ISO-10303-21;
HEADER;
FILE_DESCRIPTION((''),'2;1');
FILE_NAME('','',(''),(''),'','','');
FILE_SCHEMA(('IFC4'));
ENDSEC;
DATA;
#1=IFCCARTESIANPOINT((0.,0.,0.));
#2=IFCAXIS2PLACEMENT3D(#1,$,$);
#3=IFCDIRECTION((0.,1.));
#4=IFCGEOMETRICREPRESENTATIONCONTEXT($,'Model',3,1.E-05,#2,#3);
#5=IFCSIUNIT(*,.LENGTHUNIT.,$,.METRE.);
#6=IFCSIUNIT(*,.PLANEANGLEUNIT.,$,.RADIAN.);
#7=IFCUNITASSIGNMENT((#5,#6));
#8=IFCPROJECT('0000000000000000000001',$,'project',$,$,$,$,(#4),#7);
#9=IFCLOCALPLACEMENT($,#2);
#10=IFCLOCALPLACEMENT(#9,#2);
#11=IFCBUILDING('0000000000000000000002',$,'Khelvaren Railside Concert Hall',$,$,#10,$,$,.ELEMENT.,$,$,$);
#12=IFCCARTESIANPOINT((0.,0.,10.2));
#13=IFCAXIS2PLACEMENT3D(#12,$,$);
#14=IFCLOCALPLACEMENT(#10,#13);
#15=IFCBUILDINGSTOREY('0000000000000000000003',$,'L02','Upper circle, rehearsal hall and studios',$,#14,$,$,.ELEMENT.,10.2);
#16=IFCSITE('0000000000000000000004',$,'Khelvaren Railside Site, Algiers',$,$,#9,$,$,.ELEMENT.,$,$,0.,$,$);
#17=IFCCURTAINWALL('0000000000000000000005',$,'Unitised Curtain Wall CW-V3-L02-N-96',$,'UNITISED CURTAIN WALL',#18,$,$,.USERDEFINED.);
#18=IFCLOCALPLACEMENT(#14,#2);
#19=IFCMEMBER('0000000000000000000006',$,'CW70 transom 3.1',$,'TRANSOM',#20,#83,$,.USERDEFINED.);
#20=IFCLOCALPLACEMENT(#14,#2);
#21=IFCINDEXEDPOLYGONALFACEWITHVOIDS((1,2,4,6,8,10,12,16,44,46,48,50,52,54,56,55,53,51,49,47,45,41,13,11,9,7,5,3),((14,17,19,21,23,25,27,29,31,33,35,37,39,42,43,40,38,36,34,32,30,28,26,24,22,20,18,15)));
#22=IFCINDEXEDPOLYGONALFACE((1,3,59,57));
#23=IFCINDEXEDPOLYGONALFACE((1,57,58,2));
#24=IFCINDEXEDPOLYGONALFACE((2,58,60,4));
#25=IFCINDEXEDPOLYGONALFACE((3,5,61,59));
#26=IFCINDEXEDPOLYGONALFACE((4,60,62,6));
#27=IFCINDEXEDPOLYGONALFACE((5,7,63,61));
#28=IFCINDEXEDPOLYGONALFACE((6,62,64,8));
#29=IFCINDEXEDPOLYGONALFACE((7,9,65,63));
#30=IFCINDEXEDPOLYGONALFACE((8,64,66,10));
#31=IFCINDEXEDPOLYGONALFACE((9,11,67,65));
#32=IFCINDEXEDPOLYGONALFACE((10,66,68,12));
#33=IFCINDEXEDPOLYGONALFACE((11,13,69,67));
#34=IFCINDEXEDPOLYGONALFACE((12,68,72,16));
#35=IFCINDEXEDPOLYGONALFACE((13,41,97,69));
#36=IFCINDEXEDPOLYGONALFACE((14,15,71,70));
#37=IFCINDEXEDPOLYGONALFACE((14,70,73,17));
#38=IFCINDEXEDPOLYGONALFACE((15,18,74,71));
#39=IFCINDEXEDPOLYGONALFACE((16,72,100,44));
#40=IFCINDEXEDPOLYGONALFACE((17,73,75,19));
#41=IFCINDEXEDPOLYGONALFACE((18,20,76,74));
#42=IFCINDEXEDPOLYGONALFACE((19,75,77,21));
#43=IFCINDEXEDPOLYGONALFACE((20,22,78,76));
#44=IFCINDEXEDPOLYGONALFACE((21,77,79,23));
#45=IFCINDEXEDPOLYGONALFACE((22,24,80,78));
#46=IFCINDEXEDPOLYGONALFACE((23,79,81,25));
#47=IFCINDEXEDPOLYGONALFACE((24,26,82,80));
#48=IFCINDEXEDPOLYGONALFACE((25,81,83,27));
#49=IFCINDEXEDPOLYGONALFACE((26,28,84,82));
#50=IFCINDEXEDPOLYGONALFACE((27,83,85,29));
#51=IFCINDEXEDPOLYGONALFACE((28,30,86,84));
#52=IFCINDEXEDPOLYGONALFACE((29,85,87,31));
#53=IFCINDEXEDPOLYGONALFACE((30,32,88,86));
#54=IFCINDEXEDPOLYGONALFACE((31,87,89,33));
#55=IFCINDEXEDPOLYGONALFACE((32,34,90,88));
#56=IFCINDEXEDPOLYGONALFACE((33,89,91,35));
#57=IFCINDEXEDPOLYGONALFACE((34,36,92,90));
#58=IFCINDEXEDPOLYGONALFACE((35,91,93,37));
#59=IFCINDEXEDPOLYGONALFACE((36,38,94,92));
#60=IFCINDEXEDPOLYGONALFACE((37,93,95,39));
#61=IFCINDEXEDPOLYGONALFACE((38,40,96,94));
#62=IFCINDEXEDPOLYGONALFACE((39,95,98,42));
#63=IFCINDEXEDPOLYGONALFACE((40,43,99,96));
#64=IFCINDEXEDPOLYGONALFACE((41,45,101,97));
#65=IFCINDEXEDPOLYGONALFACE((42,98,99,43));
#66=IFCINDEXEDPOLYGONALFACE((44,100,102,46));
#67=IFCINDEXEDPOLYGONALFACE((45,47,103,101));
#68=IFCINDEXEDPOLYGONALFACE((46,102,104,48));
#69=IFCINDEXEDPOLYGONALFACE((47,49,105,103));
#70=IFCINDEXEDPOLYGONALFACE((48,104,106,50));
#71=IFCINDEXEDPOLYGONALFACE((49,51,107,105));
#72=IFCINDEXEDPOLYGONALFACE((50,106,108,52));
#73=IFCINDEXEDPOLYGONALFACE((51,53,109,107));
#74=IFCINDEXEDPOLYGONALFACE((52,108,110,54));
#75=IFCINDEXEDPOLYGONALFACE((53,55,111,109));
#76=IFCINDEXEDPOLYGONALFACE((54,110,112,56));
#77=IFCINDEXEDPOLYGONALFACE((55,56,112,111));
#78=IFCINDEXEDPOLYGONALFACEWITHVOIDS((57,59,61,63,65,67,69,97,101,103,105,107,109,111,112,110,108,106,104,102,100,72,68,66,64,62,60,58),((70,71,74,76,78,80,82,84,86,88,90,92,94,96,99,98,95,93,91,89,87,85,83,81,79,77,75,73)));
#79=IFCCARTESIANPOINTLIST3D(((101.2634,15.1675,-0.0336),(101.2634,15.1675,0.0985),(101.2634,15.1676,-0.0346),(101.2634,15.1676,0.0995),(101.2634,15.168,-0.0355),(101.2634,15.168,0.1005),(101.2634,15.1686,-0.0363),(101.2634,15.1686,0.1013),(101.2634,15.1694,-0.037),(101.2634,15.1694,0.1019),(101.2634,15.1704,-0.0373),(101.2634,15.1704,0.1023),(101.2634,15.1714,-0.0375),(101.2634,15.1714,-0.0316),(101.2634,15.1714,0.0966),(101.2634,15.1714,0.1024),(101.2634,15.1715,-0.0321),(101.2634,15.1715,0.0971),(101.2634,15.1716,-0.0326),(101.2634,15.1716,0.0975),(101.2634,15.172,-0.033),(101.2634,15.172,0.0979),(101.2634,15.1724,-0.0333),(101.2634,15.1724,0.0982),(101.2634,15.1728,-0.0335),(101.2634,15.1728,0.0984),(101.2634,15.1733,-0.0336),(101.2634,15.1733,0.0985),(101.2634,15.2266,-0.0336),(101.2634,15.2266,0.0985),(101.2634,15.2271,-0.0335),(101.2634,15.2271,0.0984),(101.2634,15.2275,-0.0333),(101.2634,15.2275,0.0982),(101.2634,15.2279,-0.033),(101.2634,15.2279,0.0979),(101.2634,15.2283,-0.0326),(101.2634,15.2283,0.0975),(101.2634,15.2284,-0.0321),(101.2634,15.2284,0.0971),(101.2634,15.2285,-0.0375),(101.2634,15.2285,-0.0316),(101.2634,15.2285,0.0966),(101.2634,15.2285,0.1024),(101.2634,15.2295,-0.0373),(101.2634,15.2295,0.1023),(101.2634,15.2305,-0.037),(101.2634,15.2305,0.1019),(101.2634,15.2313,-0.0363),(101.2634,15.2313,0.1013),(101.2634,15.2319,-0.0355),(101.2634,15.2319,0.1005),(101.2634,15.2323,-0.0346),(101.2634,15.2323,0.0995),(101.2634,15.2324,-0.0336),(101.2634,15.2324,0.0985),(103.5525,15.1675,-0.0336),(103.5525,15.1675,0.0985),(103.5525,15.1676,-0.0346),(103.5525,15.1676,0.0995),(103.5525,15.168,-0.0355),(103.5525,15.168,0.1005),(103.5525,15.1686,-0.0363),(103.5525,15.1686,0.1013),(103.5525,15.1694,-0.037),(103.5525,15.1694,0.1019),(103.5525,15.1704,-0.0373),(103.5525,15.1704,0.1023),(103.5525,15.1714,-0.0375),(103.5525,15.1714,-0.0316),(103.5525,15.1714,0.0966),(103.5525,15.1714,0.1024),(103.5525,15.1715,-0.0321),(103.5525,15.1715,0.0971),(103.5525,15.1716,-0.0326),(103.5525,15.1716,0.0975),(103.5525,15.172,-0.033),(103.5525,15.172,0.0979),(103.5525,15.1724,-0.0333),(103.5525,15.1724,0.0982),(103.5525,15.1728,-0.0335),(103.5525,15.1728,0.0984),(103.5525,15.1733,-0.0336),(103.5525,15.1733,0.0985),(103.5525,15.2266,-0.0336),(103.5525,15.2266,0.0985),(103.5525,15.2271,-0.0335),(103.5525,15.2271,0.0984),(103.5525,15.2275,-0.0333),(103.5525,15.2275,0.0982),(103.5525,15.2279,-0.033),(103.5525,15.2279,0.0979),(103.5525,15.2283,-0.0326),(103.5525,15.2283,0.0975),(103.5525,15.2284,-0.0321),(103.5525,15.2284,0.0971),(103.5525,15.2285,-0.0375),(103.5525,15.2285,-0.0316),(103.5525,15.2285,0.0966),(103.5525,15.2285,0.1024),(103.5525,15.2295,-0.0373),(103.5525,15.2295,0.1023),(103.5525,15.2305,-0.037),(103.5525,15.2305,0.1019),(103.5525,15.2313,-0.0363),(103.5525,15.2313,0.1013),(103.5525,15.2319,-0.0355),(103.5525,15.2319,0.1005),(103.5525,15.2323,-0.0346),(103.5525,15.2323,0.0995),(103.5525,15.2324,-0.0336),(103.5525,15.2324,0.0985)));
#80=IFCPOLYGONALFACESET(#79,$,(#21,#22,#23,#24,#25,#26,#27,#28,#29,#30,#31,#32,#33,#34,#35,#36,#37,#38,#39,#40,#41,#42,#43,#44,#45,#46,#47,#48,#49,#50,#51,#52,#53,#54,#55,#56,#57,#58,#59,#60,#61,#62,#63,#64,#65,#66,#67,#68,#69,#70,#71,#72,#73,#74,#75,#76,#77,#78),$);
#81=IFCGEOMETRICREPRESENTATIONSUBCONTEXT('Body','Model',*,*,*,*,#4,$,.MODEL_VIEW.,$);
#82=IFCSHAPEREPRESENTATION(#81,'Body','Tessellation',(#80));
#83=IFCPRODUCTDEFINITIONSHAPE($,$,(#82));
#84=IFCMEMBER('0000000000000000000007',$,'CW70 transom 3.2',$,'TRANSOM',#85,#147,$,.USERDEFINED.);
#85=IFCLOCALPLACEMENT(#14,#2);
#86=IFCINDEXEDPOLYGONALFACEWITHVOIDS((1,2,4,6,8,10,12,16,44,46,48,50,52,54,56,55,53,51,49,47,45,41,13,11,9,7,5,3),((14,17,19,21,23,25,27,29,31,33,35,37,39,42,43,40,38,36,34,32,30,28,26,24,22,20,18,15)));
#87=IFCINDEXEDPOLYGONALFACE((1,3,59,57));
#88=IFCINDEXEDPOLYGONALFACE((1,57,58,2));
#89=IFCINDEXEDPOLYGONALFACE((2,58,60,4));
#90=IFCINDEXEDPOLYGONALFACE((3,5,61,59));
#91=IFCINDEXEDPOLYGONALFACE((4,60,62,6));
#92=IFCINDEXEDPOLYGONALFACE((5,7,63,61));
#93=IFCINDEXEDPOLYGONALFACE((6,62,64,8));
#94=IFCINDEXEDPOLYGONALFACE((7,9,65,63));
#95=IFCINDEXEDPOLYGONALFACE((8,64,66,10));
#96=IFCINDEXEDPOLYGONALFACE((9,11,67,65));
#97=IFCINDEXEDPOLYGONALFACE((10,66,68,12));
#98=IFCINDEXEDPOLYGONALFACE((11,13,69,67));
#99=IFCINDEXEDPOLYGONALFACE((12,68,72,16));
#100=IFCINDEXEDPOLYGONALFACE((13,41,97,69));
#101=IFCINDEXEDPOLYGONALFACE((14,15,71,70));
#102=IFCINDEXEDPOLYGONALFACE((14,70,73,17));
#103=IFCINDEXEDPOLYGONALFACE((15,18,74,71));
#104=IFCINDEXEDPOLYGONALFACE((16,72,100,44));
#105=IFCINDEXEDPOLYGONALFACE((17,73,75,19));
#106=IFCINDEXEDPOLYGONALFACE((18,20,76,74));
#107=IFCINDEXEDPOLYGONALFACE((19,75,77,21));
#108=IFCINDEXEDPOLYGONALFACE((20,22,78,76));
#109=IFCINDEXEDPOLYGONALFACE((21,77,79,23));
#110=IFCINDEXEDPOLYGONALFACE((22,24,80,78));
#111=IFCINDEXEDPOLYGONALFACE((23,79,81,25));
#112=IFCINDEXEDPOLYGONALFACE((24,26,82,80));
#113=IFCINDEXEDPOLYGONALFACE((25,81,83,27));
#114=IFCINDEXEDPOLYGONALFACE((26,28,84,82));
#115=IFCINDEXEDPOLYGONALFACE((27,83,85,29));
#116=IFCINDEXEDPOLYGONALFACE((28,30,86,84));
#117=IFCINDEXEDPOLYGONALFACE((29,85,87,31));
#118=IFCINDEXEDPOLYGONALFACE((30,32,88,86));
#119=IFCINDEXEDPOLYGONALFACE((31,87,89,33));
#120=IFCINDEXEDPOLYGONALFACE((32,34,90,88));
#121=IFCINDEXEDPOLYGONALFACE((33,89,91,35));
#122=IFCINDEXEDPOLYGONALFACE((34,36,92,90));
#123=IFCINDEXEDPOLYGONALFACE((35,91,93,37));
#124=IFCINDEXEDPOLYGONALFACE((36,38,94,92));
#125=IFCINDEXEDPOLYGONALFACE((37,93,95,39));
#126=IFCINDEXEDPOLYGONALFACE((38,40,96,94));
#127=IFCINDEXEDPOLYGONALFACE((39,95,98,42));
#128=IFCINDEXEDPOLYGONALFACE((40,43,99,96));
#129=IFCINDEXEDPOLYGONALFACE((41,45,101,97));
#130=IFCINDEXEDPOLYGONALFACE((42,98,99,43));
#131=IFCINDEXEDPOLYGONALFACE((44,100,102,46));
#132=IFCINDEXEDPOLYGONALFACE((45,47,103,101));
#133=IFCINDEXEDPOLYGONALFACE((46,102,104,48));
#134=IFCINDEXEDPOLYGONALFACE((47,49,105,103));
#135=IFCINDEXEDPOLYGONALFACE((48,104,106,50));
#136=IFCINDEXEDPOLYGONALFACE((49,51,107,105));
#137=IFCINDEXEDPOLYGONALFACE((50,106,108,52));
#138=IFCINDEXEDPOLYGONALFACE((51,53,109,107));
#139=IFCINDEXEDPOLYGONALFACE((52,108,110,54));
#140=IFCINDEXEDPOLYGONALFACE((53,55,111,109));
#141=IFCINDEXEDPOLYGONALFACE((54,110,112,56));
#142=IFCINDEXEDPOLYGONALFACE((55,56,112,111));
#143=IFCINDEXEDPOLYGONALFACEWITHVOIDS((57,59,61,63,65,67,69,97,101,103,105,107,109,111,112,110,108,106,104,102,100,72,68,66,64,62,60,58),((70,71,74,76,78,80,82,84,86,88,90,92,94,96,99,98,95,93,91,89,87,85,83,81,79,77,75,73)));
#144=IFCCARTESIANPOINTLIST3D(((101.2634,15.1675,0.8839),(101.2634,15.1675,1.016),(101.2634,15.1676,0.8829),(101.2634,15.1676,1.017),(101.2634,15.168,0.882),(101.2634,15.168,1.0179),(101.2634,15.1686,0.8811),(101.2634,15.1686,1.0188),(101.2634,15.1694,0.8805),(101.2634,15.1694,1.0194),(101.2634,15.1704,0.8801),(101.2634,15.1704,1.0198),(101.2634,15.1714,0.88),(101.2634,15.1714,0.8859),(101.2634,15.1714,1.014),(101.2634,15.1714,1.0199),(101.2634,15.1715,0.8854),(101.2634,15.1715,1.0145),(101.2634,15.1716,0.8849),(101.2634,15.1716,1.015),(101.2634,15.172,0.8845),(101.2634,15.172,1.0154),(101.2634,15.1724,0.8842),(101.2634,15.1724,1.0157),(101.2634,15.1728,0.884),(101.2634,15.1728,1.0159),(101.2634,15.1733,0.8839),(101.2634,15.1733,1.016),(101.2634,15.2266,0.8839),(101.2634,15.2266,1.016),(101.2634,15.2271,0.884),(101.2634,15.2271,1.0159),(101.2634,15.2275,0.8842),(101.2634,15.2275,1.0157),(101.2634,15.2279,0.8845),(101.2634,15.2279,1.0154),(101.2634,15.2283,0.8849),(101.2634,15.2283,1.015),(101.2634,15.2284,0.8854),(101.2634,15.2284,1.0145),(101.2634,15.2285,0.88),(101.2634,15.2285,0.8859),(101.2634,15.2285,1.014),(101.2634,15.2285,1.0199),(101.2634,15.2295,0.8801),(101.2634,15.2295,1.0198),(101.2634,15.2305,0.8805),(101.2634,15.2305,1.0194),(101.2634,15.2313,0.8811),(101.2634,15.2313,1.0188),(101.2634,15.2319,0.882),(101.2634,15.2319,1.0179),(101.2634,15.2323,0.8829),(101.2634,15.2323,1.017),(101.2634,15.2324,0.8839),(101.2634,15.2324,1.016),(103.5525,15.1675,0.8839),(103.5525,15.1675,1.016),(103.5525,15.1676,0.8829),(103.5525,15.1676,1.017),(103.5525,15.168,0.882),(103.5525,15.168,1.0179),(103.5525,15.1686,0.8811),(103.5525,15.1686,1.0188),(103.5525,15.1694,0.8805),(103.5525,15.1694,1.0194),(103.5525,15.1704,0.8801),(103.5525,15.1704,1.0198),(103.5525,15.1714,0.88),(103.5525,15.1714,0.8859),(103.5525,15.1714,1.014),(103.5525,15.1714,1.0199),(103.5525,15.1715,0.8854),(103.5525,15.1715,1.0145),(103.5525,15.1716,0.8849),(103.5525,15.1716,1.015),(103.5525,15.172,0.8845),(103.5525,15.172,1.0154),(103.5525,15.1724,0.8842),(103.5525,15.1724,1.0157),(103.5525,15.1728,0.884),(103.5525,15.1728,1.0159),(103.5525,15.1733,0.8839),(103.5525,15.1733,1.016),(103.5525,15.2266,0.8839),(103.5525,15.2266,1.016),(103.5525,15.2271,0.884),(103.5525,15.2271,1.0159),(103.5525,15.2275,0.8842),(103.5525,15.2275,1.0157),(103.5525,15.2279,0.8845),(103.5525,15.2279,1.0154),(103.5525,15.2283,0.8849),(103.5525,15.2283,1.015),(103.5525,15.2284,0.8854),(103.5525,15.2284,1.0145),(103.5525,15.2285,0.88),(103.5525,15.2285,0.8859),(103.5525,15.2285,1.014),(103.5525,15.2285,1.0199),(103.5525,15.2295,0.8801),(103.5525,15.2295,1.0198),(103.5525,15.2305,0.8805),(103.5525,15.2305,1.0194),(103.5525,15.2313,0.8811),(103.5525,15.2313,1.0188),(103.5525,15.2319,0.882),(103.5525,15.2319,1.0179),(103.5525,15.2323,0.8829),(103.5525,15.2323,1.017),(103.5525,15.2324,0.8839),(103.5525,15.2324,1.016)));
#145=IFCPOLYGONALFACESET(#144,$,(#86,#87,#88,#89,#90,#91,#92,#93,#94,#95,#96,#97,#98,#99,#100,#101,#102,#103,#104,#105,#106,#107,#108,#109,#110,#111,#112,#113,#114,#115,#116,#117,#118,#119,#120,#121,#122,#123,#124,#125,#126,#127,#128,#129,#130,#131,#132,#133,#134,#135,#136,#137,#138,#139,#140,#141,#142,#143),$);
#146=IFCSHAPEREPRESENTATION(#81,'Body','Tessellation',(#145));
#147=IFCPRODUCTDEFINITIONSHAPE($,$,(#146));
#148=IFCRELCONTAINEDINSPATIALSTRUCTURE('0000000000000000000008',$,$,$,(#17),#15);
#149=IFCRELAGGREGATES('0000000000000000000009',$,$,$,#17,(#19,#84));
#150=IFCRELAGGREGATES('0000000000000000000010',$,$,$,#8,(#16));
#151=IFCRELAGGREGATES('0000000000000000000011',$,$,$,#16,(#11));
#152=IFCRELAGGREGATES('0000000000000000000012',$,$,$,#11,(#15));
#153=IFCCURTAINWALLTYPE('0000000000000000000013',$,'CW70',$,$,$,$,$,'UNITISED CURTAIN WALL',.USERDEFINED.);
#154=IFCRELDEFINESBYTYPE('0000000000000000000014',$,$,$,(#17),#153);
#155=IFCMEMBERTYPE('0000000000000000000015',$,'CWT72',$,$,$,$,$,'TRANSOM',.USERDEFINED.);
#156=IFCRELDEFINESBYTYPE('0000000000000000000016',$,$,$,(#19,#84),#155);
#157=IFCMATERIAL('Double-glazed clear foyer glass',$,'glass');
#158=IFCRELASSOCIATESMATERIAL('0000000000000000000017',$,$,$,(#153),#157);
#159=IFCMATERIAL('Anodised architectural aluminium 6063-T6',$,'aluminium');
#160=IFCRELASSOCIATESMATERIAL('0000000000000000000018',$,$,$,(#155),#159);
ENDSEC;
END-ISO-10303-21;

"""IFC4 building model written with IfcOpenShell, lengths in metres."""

from ifc_helpers import new_model, si_unit, direction, frame, origin, origin_2d, place, context, subcontext, project, spatial, hollow_rectangle, extrude, material, material_profile, profile_set, type_object, element, aggregate, save


model = new_model("IFC4")

# Units and contexts
model_context = context("Model", 3, precision=1e-05, world=origin(), true_north=direction((0.0, 1.0)))
body_context = subcontext(model_context, "Body", "Model", "MODEL_VIEW")
ifc_project = project(units=[si_unit("LENGTHUNIT", "METRE"), si_unit("PLANEANGLEUNIT", "RADIAN")], contexts=[model_context])

# Site, building, storey
site_placement = place(None, origin())
site = spatial("IfcSite", under=ifc_project, at=site_placement, Name="Khelvaren Railside Site, Algiers", CompositionType="ELEMENT", RefElevation=0.0)
building_placement = place(site_placement, origin())
building = spatial("IfcBuilding", under=site, at=building_placement, Name="Khelvaren Railside Concert Hall", CompositionType="ELEMENT")
storey_placement = place(building_placement, frame((0.0, 0.0, 10.2)))
storey = spatial("IfcBuildingStorey", under=building, at=storey_placement, Name="L02", Description="Upper circle, rehearsal hall and studios", CompositionType="ELEMENT", Elevation=10.2)

# Shared definitions
ifc_material_1 = material(Name="Double-glazed clear foyer glass", Category="glass")
ifc_material_2 = material(Name="Anodised architectural aluminium 6063-T6", Category="aluminium")

# Curtain wall, members
curtain_wall_type_1 = type_object("IfcCurtainWallType", Name="CW70", ElementType="UNITISED CURTAIN WALL", PredefinedType="USERDEFINED", material=ifc_material_1)
curtain_wall_1_placement = place(storey_placement, origin())
curtain_wall_1 = element("IfcCurtainWall", 1, at=curtain_wall_1_placement, inside=storey, type_object=curtain_wall_type_1, Name="Unitised Curtain Wall CW-V3-L02-N-96", ObjectType="UNITISED CURTAIN WALL", PredefinedType="USERDEFINED")
ifc_material_profile_1 = material_profile(ifc_material_2, hollow_rectangle(XDim=0.0649, YDim=0.1399, WallThickness=0.0039, InnerFilletRadius=0.002, OuterFilletRadius=0.0039, at=origin_2d()), Name="CWT 65x140x4")
ifc_profile_set_1 = profile_set([ifc_material_profile_1], Name="Anodised architectural aluminium 6063-T6")
member_type_1 = type_object("IfcMemberType", Name="CWT72", ElementType="TRANSOM", PredefinedType="USERDEFINED", material=ifc_profile_set_1)
member_1_placement = place(storey_placement, frame((101.2634, 15.2, 0.0325), z_axis=(1.0, 0.0, 0.0), x_axis=(0.0, 1.0, 0.0)))
member_1 = element("IfcMember", 2, at=member_1_placement, type_object=member_type_1, Name="CW70 transom 3.1", ObjectType="TRANSOM", PredefinedType="USERDEFINED", context=body_context, shape_type="SweptSolid", body=[
    extrude(hollow_rectangle(XDim=0.0649, YDim=0.1399, WallThickness=0.0039, InnerFilletRadius=0.002, OuterFilletRadius=0.0039, at=origin_2d()), origin(), (0.0, 0.0, 1.0), 2.2891),
])
member_2_placement = place(storey_placement, frame((101.2634, 15.2, 0.95), z_axis=(1.0, 0.0, 0.0), x_axis=(0.0, 1.0, 0.0)))
member_2 = element("IfcMember", 3, at=member_2_placement, type_object=member_type_1, Name="CW70 transom 3.2", ObjectType="TRANSOM", PredefinedType="USERDEFINED", context=body_context, shape_type="SweptSolid", body=[
    extrude(hollow_rectangle(XDim=0.0649, YDim=0.1399, WallThickness=0.0039, InnerFilletRadius=0.002, OuterFilletRadius=0.0039, at=origin_2d()), origin(), (0.0, 0.0, 1.0), 2.2891),
])

aggregate(curtain_wall_1, [member_1, member_2])

save(model, "model.ifc")
